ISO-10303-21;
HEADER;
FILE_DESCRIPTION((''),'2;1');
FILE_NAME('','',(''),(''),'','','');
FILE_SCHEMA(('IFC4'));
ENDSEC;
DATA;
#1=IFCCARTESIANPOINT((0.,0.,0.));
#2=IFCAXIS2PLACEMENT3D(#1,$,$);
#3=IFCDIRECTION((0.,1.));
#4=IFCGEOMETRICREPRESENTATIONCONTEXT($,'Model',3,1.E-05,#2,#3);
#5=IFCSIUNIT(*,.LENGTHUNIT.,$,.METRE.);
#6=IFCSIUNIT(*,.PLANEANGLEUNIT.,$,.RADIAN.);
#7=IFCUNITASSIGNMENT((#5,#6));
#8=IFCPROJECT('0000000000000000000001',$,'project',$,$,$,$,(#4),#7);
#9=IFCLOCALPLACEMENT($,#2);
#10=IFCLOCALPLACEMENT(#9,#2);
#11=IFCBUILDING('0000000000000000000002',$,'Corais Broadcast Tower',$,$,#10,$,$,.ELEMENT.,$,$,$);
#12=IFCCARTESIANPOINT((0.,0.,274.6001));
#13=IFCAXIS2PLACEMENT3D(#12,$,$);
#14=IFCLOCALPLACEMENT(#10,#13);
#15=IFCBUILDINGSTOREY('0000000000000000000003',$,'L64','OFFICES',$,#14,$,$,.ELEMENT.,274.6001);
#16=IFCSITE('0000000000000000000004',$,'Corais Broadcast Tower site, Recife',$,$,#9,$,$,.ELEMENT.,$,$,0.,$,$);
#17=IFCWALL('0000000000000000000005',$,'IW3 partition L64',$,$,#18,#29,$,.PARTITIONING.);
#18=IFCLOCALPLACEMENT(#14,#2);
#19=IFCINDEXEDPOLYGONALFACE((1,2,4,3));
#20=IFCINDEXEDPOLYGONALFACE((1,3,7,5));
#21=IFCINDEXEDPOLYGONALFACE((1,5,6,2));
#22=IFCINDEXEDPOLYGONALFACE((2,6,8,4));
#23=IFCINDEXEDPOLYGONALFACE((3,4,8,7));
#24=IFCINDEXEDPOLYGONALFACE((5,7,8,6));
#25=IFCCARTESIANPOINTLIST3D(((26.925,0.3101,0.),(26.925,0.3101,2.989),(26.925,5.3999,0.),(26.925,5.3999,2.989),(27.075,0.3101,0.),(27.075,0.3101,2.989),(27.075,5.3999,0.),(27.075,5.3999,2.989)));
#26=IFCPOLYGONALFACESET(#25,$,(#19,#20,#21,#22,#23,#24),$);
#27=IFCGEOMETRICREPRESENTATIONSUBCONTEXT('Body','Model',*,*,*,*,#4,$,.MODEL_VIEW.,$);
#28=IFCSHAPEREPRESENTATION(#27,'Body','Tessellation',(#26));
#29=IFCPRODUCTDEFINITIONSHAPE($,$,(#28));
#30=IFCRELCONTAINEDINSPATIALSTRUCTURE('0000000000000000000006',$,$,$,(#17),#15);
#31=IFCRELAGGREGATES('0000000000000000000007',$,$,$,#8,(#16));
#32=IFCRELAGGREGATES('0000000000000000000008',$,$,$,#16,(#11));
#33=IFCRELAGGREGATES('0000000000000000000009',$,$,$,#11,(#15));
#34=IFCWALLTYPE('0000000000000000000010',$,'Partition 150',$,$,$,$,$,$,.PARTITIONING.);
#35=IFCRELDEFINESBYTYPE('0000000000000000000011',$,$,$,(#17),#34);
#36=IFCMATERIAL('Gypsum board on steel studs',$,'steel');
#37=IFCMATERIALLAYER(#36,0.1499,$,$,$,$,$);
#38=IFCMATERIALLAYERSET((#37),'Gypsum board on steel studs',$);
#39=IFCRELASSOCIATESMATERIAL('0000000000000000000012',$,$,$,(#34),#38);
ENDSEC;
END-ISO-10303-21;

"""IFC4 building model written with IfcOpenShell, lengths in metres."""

from ifc_helpers import new_model, si_unit, direction, frame, frame_2d, origin, place, context, subcontext, project, spatial, rectangle, extrude, material, layer, layer_set, type_object, element, save


model = new_model("IFC4")

# Units and contexts
model_context = context("Model", 3, precision=1e-05, world=origin(), true_north=direction((0.0, 1.0)))
body_context = subcontext(model_context, "Body", "Model", "MODEL_VIEW")
ifc_project = project(units=[si_unit("LENGTHUNIT", "METRE"), si_unit("PLANEANGLEUNIT", "RADIAN")], contexts=[model_context])

# Site, building, storey
site_placement = place(None, origin())
site = spatial("IfcSite", under=ifc_project, at=site_placement, Name="Corais Broadcast Tower site, Recife", CompositionType="ELEMENT", RefElevation=0.0)
building_placement = place(site_placement, origin())
building = spatial("IfcBuilding", under=site, at=building_placement, Name="Corais Broadcast Tower", CompositionType="ELEMENT")
storey_placement = place(building_placement, frame((0.0, 0.0, 274.6001)))
storey = spatial("IfcBuildingStorey", under=building, at=storey_placement, Name="L64", Description="OFFICES", CompositionType="ELEMENT", Elevation=274.6001)

# Wall
ifc_material_1 = material(Name="Gypsum board on steel studs", Category="steel")
ifc_layer_1 = layer(ifc_material_1, 0.1499)
ifc_layer_set_1 = layer_set([ifc_layer_1], Name="Gypsum board on steel studs")
wall_type = type_object("IfcWallType", Name="Partition 150", PredefinedType="PARTITIONING", material=ifc_layer_set_1)
wall_placement = place(storey_placement, frame((27.0, 0.3101, 0.0), z_axis=(0.0, 0.0, 1.0), x_axis=(0.0, 1.0, 0.0)))
element("IfcWall", 1, at=wall_placement, inside=storey, type_object=wall_type, Name="IW3 partition L64", PredefinedType="PARTITIONING", context=body_context, shape_type="SweptSolid", body=[
    extrude(rectangle(XDim=5.0898, YDim=0.1499, at=frame_2d((2.5449, 0.0))), origin(), (0.0, 0.0, 1.0), 2.989),
])

save(model, "model.ifc")
